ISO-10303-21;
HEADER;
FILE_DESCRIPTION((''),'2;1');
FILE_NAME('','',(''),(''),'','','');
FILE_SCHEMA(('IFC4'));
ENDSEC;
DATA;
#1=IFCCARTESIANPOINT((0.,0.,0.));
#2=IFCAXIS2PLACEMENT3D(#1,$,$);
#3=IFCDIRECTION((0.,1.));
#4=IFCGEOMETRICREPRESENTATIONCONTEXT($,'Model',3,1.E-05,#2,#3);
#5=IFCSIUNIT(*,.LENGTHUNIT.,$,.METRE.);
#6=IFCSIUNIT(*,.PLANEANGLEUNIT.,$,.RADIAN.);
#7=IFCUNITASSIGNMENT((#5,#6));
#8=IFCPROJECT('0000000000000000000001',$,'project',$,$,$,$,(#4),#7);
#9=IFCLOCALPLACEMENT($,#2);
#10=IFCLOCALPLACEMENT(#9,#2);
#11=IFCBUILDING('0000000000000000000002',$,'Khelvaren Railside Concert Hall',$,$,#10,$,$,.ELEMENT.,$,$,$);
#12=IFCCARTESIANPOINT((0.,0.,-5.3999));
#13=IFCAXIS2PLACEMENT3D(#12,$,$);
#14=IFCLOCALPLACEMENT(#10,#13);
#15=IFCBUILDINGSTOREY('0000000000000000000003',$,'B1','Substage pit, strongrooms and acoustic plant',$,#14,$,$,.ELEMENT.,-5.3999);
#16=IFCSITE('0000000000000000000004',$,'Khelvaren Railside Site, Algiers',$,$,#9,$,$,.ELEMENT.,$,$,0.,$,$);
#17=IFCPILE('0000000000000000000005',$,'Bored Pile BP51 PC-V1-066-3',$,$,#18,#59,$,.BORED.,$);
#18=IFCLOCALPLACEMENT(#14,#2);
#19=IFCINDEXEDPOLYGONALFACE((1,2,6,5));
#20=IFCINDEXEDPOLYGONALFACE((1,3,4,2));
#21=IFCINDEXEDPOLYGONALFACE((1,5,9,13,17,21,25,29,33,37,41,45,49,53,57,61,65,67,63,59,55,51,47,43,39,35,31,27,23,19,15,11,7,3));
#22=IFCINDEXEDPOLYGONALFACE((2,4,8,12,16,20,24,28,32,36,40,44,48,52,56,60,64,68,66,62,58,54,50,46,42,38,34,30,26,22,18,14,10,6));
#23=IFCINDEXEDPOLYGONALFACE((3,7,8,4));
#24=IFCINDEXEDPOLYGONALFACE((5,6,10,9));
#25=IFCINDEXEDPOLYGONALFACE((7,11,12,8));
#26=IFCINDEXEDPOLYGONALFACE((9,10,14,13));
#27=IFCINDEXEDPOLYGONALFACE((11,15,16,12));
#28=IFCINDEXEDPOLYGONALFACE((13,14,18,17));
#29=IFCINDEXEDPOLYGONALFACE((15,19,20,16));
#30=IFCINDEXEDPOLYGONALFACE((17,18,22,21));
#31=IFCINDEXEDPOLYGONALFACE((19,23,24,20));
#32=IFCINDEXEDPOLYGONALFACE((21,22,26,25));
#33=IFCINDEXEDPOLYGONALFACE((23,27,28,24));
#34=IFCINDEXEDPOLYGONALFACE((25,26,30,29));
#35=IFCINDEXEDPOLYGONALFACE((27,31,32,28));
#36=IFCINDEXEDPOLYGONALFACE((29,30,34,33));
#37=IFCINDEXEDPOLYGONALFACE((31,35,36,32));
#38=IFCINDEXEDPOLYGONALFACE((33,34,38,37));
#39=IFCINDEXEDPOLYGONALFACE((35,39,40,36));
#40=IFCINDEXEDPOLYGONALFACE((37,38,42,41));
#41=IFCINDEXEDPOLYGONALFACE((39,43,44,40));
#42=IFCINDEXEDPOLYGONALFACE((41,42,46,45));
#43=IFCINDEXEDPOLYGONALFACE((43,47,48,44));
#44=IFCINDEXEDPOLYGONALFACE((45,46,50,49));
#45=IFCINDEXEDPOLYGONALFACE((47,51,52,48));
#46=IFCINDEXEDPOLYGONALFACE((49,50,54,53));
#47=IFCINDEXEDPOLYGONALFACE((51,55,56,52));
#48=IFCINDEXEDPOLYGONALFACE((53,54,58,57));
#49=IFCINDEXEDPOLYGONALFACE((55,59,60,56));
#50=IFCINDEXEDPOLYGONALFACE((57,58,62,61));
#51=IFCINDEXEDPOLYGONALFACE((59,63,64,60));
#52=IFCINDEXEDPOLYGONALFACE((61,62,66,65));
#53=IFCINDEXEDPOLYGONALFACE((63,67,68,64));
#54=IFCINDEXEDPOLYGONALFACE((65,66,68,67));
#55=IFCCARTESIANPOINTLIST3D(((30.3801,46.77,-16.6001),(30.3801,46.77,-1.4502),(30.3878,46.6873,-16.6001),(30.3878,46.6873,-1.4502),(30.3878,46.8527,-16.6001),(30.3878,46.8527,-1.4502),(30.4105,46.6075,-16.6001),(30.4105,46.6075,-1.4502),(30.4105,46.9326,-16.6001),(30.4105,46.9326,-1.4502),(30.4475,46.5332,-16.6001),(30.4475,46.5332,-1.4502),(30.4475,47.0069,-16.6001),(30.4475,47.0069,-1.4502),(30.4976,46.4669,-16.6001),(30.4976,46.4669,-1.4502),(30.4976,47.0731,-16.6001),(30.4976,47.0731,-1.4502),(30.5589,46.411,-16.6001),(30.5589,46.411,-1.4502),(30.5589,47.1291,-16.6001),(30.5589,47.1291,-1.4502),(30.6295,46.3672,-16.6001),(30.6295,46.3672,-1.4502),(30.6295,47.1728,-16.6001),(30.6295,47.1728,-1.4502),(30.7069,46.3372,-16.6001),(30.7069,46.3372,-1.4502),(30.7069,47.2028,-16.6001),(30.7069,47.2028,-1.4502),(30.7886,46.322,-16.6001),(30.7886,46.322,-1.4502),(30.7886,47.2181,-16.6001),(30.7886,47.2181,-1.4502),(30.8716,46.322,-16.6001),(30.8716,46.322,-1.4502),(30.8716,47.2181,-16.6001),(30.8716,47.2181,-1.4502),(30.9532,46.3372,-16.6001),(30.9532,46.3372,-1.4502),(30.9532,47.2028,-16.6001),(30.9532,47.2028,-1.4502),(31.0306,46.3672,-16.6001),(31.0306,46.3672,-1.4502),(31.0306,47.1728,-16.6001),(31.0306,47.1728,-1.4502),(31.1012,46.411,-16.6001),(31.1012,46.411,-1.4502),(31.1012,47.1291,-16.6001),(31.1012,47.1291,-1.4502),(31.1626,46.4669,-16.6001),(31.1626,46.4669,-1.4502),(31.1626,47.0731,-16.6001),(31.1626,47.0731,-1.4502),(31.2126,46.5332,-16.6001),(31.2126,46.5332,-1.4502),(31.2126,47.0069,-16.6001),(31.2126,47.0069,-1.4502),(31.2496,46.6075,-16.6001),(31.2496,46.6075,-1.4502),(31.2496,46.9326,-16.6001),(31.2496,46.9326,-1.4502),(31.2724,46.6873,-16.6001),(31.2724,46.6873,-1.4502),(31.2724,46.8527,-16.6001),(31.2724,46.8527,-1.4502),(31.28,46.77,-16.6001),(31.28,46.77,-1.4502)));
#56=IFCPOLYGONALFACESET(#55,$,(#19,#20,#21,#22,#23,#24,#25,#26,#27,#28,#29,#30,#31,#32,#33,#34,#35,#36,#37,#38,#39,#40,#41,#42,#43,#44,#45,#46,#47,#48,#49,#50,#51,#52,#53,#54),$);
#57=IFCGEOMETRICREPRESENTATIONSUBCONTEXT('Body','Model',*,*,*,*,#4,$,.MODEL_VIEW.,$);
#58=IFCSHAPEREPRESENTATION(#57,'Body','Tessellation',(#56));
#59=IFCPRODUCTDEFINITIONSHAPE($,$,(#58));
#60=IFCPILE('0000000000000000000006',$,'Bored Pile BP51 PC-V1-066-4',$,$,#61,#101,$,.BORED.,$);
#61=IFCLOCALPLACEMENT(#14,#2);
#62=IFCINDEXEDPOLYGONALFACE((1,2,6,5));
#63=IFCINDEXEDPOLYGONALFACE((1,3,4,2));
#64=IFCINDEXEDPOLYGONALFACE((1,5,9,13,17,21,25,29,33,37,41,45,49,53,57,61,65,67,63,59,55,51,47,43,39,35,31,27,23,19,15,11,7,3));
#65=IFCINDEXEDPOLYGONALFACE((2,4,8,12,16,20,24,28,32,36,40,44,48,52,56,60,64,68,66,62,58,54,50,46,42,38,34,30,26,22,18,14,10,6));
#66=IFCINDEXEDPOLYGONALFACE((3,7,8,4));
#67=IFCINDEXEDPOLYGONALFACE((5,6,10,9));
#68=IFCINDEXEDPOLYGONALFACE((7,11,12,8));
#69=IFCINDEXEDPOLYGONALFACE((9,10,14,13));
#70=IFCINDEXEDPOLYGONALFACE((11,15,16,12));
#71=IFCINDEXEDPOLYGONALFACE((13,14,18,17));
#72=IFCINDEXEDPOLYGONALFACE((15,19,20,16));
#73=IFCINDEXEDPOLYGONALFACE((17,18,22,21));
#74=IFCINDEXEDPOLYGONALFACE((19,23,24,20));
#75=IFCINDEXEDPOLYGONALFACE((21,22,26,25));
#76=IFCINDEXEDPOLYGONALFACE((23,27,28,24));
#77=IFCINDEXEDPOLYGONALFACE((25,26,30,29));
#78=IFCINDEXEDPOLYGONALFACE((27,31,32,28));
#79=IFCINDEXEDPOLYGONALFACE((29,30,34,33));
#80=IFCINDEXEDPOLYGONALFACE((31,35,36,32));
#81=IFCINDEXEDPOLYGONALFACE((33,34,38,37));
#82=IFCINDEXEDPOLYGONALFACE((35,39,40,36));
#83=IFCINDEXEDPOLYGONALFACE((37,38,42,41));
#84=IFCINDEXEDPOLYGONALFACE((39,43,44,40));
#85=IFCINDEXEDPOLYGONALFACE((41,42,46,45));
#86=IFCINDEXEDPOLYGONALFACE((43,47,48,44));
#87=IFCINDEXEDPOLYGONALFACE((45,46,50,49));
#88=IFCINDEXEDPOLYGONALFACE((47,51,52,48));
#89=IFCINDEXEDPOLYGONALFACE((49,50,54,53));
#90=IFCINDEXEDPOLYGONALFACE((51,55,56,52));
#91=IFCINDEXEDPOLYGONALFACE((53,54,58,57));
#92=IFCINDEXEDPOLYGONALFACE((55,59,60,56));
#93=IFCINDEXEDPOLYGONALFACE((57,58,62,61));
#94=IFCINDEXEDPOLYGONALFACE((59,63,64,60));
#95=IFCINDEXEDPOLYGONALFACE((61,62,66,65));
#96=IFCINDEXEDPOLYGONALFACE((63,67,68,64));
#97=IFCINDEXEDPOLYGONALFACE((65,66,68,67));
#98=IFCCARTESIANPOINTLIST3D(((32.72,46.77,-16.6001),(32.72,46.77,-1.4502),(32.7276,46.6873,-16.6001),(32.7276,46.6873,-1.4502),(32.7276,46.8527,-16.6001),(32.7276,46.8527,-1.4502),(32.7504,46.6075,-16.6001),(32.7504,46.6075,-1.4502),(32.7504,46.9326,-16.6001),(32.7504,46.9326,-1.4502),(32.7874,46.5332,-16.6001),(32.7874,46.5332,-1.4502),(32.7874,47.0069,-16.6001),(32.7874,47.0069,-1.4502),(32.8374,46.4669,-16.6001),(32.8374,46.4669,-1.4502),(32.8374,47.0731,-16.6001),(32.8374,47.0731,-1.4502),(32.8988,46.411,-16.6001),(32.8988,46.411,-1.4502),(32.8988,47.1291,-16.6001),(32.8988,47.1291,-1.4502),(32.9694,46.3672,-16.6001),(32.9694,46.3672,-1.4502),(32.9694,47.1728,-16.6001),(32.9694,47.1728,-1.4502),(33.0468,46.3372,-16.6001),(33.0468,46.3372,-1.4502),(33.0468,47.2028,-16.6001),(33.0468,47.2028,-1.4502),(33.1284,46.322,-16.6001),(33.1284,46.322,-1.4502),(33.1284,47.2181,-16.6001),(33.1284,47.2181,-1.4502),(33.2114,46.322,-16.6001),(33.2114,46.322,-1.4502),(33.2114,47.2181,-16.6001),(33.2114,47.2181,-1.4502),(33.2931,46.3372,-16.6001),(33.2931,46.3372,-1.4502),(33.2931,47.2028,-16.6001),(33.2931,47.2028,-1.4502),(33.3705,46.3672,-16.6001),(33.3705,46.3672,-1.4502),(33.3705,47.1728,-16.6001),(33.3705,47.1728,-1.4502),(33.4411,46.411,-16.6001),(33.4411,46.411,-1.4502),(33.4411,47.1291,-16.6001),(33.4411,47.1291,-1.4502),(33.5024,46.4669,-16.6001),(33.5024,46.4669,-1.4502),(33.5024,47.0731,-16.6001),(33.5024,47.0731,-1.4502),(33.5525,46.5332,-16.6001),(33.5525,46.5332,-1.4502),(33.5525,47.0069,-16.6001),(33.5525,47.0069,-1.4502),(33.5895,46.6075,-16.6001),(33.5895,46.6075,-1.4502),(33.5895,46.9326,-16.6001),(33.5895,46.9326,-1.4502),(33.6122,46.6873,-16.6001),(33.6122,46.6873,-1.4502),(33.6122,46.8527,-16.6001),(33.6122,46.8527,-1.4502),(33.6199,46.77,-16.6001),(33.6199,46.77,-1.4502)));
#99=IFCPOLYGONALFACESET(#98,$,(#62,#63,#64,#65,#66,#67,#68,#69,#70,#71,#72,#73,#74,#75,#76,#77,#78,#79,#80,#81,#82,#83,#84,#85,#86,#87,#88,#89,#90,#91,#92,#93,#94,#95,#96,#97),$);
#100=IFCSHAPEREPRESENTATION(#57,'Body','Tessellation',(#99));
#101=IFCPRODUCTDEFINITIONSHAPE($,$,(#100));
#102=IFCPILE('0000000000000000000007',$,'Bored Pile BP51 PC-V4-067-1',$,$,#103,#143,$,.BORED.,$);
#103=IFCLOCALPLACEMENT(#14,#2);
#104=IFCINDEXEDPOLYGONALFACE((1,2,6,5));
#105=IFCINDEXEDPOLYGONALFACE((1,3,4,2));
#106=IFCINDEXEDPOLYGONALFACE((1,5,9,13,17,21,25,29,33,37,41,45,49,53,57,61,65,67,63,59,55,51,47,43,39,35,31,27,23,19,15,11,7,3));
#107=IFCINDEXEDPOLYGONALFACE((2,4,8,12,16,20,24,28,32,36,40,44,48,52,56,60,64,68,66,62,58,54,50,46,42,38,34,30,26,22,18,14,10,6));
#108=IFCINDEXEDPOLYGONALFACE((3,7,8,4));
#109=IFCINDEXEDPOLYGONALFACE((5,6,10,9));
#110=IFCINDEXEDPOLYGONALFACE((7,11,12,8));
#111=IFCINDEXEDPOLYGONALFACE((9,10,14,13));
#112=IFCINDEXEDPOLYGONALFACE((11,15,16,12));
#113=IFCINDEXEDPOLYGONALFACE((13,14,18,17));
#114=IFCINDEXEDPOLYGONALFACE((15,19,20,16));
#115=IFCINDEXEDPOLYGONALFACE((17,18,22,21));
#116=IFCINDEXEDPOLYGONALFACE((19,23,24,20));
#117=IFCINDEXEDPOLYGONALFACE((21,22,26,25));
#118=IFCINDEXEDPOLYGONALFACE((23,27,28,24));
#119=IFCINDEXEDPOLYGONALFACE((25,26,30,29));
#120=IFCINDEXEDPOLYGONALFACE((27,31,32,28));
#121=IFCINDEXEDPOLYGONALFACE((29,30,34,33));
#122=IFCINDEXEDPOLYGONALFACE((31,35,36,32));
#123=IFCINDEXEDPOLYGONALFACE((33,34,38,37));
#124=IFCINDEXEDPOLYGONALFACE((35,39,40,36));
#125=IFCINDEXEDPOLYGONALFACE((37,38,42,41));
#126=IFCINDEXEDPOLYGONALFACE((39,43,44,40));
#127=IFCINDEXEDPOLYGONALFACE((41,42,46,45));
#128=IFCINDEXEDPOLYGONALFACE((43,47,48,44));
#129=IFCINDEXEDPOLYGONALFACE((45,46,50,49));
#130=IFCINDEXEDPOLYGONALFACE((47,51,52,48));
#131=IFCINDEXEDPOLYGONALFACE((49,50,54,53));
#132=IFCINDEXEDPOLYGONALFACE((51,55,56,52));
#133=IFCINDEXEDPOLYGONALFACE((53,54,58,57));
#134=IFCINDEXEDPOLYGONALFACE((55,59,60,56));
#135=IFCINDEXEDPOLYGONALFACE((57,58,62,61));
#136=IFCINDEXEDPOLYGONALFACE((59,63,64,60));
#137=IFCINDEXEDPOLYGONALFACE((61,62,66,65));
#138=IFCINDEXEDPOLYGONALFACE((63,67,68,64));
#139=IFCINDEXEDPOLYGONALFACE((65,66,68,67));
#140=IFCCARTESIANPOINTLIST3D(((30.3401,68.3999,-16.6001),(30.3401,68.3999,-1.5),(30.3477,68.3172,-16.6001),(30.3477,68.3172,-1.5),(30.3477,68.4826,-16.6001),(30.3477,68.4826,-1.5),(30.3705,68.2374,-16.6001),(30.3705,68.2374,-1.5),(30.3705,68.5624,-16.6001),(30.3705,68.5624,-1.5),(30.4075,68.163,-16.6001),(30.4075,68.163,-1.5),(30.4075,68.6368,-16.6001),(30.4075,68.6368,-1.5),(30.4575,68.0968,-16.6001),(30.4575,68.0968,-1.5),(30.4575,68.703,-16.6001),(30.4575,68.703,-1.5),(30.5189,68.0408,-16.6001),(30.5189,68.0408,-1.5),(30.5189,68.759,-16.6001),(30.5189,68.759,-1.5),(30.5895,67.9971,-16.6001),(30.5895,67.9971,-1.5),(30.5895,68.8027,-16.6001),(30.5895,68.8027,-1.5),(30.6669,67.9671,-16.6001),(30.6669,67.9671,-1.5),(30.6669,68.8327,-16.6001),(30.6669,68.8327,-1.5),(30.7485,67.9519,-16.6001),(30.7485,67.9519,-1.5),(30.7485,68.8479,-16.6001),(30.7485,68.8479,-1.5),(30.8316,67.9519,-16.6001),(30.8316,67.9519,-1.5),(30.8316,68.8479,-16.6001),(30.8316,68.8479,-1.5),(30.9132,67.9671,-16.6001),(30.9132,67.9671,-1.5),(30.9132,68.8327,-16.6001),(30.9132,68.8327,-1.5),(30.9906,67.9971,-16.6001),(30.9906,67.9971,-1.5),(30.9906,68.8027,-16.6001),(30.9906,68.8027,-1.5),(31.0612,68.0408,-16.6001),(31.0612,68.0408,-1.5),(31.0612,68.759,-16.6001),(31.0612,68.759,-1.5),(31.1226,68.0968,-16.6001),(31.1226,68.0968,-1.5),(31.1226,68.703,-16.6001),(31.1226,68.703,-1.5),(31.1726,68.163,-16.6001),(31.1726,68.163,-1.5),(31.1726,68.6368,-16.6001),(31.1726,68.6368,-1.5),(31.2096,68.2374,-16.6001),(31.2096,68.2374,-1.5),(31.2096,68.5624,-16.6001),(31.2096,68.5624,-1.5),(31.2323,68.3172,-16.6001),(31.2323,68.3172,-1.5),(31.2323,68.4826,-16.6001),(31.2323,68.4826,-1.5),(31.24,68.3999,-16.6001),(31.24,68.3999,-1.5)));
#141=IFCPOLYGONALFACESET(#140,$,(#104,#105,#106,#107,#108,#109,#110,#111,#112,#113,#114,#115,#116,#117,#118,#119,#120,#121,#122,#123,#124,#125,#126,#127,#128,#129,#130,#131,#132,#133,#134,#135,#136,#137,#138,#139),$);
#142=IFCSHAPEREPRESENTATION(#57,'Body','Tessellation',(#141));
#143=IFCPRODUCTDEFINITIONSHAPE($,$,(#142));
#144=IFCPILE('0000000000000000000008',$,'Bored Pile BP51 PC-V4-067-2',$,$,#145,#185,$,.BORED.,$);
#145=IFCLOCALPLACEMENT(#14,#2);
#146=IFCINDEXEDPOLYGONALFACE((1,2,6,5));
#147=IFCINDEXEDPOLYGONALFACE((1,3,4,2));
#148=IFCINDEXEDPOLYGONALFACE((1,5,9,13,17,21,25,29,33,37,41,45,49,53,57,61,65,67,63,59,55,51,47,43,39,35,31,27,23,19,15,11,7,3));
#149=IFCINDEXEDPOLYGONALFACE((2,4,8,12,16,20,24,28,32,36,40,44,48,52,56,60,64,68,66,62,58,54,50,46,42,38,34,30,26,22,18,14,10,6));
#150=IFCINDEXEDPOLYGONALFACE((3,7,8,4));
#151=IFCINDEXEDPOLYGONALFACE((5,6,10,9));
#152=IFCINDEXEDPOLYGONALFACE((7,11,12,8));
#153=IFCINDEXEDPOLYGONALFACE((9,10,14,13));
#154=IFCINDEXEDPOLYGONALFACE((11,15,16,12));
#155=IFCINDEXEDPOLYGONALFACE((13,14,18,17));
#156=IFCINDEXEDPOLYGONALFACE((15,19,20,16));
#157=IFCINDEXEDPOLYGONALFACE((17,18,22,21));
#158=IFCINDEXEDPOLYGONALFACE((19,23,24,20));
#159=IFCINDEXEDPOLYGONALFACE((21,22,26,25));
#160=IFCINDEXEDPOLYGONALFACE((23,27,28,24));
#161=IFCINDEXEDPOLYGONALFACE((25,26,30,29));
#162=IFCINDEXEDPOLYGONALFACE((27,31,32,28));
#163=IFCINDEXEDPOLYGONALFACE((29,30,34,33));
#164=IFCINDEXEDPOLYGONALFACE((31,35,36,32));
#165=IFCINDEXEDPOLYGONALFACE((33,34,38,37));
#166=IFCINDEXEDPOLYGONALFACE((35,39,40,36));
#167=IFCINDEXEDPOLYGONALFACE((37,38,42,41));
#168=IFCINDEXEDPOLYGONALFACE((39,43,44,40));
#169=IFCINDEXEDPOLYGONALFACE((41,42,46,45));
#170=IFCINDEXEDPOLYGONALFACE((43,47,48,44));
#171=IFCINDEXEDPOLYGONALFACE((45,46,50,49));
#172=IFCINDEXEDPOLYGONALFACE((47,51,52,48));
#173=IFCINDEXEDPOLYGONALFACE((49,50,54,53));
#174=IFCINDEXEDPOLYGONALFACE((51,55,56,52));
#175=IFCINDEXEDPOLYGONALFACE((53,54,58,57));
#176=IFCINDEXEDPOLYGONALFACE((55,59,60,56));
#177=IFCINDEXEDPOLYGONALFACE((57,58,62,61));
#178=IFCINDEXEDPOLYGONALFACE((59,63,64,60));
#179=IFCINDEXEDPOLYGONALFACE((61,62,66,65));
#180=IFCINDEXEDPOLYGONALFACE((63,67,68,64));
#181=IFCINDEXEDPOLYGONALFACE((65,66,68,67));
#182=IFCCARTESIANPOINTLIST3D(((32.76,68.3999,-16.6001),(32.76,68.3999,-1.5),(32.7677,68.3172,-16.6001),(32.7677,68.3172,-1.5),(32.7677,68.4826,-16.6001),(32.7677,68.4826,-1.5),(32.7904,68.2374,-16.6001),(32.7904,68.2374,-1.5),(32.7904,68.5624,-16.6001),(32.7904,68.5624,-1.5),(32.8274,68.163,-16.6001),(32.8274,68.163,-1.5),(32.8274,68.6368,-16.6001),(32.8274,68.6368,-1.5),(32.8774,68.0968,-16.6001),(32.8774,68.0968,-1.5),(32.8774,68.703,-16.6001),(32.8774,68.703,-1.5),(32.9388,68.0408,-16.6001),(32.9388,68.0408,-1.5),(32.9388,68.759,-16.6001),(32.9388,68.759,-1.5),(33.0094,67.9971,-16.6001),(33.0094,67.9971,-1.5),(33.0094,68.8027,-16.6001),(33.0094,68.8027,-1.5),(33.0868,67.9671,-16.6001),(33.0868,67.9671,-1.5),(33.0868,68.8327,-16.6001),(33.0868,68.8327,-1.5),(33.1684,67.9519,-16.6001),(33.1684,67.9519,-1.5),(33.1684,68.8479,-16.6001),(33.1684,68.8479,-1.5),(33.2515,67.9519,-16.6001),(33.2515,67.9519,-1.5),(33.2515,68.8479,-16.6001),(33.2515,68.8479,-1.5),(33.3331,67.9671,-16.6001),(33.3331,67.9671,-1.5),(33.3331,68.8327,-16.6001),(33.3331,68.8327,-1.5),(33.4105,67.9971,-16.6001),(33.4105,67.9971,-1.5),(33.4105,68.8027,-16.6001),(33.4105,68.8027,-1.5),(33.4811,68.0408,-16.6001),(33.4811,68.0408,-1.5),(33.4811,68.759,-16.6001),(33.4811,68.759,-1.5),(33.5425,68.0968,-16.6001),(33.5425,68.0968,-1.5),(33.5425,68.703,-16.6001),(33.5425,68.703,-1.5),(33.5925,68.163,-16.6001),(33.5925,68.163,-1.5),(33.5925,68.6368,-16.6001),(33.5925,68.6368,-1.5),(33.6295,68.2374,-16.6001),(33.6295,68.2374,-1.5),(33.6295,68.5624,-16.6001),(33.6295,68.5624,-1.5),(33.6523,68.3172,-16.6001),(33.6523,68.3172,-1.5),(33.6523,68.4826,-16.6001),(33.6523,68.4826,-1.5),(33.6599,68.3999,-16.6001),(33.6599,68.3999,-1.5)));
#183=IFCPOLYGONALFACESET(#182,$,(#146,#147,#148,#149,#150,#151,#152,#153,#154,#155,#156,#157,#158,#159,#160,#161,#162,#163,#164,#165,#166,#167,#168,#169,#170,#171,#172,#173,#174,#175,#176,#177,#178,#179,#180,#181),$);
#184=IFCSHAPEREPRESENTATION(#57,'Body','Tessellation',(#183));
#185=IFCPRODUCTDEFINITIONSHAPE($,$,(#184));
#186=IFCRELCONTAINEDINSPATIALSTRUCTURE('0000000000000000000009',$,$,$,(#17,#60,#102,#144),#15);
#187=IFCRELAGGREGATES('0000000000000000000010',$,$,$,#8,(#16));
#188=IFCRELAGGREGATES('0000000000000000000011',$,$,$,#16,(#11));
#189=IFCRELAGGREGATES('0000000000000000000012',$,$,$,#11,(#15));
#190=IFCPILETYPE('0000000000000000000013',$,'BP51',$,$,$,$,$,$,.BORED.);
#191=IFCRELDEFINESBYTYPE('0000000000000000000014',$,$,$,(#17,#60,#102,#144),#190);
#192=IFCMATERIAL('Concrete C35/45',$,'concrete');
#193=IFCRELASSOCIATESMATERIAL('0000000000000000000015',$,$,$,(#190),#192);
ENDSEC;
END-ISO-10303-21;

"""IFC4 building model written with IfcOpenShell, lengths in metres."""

from ifc_helpers import new_model, si_unit, direction, frame, origin, origin_2d, place, context, subcontext, project, spatial, circle, extrude, material, material_profile, profile_set, type_object, element, save


model = new_model("IFC4")

# Units and contexts
model_context = context("Model", 3, precision=1e-05, world=origin(), true_north=direction((0.0, 1.0)))
body_context = subcontext(model_context, "Body", "Model", "MODEL_VIEW")
ifc_project = project(units=[si_unit("LENGTHUNIT", "METRE"), si_unit("PLANEANGLEUNIT", "RADIAN")], contexts=[model_context])

# Site, building, storey
site_placement = place(None, origin())
site = spatial("IfcSite", under=ifc_project, at=site_placement, Name="Khelvaren Railside Site, Algiers", CompositionType="ELEMENT", RefElevation=0.0)
building_placement = place(site_placement, origin())
building = spatial("IfcBuilding", under=site, at=building_placement, Name="Khelvaren Railside Concert Hall", CompositionType="ELEMENT")
storey_placement = place(building_placement, frame((0.0, 0.0, -5.3999)))
storey = spatial("IfcBuildingStorey", under=building, at=storey_placement, Name="B1", Description="Substage pit, strongrooms and acoustic plant", CompositionType="ELEMENT", Elevation=-5.3999)

# Piles
ifc_material_1 = material(Name="Concrete C35/45", Category="concrete")
ifc_material_profile_1 = material_profile(ifc_material_1, circle(Radius=0.45, at=origin_2d()), Name="BP D900")
ifc_profile_set_1 = profile_set([ifc_material_profile_1], Name="Concrete C35/45")
pile_type_1 = type_object("IfcPileType", Name="BP51", PredefinedType="BORED", material=ifc_profile_set_1)
for number, where, z_axis, x_axis, name in (
    (1, (30.8301, 46.77, -1.4502), (0.0, 0.0, -1.0), (1.0, 0.0, 0.0), "Bored Pile BP51 PC-V1-066-3"),
    (2, (33.1699, 46.77, -1.4502), (0.0, 0.0, -1.0), (1.0, 0.0, 0.0), "Bored Pile BP51 PC-V1-066-4"),
):
    element("IfcPile", number, at=place(storey_placement, frame(where, z_axis=z_axis, x_axis=x_axis)), inside=storey, type_object=pile_type_1, Name=name, PredefinedType="BORED", context=body_context, shape_type="SweptSolid", body=[
        extrude(circle(Radius=0.45, at=origin_2d()), origin(), (0.0, 0.0, 1.0), 15.1499),
    ])
for number, where, z_axis, x_axis, name in (
    (3, (30.79, 68.3999, -1.5), (0.0, 0.0, -1.0), (1.0, 0.0, 0.0), "Bored Pile BP51 PC-V4-067-1"),
    (4, (33.21, 68.3999, -1.5), (0.0, 0.0, -1.0), (1.0, 0.0, 0.0), "Bored Pile BP51 PC-V4-067-2"),
):
    element("IfcPile", number, at=place(storey_placement, frame(where, z_axis=z_axis, x_axis=x_axis)), inside=storey, type_object=pile_type_1, Name=name, PredefinedType="BORED", context=body_context, shape_type="SweptSolid", body=[
        extrude(circle(Radius=0.45, at=origin_2d()), origin(), (0.0, 0.0, 1.0), 15.1001),
    ])

save(model, "model.ifc")
